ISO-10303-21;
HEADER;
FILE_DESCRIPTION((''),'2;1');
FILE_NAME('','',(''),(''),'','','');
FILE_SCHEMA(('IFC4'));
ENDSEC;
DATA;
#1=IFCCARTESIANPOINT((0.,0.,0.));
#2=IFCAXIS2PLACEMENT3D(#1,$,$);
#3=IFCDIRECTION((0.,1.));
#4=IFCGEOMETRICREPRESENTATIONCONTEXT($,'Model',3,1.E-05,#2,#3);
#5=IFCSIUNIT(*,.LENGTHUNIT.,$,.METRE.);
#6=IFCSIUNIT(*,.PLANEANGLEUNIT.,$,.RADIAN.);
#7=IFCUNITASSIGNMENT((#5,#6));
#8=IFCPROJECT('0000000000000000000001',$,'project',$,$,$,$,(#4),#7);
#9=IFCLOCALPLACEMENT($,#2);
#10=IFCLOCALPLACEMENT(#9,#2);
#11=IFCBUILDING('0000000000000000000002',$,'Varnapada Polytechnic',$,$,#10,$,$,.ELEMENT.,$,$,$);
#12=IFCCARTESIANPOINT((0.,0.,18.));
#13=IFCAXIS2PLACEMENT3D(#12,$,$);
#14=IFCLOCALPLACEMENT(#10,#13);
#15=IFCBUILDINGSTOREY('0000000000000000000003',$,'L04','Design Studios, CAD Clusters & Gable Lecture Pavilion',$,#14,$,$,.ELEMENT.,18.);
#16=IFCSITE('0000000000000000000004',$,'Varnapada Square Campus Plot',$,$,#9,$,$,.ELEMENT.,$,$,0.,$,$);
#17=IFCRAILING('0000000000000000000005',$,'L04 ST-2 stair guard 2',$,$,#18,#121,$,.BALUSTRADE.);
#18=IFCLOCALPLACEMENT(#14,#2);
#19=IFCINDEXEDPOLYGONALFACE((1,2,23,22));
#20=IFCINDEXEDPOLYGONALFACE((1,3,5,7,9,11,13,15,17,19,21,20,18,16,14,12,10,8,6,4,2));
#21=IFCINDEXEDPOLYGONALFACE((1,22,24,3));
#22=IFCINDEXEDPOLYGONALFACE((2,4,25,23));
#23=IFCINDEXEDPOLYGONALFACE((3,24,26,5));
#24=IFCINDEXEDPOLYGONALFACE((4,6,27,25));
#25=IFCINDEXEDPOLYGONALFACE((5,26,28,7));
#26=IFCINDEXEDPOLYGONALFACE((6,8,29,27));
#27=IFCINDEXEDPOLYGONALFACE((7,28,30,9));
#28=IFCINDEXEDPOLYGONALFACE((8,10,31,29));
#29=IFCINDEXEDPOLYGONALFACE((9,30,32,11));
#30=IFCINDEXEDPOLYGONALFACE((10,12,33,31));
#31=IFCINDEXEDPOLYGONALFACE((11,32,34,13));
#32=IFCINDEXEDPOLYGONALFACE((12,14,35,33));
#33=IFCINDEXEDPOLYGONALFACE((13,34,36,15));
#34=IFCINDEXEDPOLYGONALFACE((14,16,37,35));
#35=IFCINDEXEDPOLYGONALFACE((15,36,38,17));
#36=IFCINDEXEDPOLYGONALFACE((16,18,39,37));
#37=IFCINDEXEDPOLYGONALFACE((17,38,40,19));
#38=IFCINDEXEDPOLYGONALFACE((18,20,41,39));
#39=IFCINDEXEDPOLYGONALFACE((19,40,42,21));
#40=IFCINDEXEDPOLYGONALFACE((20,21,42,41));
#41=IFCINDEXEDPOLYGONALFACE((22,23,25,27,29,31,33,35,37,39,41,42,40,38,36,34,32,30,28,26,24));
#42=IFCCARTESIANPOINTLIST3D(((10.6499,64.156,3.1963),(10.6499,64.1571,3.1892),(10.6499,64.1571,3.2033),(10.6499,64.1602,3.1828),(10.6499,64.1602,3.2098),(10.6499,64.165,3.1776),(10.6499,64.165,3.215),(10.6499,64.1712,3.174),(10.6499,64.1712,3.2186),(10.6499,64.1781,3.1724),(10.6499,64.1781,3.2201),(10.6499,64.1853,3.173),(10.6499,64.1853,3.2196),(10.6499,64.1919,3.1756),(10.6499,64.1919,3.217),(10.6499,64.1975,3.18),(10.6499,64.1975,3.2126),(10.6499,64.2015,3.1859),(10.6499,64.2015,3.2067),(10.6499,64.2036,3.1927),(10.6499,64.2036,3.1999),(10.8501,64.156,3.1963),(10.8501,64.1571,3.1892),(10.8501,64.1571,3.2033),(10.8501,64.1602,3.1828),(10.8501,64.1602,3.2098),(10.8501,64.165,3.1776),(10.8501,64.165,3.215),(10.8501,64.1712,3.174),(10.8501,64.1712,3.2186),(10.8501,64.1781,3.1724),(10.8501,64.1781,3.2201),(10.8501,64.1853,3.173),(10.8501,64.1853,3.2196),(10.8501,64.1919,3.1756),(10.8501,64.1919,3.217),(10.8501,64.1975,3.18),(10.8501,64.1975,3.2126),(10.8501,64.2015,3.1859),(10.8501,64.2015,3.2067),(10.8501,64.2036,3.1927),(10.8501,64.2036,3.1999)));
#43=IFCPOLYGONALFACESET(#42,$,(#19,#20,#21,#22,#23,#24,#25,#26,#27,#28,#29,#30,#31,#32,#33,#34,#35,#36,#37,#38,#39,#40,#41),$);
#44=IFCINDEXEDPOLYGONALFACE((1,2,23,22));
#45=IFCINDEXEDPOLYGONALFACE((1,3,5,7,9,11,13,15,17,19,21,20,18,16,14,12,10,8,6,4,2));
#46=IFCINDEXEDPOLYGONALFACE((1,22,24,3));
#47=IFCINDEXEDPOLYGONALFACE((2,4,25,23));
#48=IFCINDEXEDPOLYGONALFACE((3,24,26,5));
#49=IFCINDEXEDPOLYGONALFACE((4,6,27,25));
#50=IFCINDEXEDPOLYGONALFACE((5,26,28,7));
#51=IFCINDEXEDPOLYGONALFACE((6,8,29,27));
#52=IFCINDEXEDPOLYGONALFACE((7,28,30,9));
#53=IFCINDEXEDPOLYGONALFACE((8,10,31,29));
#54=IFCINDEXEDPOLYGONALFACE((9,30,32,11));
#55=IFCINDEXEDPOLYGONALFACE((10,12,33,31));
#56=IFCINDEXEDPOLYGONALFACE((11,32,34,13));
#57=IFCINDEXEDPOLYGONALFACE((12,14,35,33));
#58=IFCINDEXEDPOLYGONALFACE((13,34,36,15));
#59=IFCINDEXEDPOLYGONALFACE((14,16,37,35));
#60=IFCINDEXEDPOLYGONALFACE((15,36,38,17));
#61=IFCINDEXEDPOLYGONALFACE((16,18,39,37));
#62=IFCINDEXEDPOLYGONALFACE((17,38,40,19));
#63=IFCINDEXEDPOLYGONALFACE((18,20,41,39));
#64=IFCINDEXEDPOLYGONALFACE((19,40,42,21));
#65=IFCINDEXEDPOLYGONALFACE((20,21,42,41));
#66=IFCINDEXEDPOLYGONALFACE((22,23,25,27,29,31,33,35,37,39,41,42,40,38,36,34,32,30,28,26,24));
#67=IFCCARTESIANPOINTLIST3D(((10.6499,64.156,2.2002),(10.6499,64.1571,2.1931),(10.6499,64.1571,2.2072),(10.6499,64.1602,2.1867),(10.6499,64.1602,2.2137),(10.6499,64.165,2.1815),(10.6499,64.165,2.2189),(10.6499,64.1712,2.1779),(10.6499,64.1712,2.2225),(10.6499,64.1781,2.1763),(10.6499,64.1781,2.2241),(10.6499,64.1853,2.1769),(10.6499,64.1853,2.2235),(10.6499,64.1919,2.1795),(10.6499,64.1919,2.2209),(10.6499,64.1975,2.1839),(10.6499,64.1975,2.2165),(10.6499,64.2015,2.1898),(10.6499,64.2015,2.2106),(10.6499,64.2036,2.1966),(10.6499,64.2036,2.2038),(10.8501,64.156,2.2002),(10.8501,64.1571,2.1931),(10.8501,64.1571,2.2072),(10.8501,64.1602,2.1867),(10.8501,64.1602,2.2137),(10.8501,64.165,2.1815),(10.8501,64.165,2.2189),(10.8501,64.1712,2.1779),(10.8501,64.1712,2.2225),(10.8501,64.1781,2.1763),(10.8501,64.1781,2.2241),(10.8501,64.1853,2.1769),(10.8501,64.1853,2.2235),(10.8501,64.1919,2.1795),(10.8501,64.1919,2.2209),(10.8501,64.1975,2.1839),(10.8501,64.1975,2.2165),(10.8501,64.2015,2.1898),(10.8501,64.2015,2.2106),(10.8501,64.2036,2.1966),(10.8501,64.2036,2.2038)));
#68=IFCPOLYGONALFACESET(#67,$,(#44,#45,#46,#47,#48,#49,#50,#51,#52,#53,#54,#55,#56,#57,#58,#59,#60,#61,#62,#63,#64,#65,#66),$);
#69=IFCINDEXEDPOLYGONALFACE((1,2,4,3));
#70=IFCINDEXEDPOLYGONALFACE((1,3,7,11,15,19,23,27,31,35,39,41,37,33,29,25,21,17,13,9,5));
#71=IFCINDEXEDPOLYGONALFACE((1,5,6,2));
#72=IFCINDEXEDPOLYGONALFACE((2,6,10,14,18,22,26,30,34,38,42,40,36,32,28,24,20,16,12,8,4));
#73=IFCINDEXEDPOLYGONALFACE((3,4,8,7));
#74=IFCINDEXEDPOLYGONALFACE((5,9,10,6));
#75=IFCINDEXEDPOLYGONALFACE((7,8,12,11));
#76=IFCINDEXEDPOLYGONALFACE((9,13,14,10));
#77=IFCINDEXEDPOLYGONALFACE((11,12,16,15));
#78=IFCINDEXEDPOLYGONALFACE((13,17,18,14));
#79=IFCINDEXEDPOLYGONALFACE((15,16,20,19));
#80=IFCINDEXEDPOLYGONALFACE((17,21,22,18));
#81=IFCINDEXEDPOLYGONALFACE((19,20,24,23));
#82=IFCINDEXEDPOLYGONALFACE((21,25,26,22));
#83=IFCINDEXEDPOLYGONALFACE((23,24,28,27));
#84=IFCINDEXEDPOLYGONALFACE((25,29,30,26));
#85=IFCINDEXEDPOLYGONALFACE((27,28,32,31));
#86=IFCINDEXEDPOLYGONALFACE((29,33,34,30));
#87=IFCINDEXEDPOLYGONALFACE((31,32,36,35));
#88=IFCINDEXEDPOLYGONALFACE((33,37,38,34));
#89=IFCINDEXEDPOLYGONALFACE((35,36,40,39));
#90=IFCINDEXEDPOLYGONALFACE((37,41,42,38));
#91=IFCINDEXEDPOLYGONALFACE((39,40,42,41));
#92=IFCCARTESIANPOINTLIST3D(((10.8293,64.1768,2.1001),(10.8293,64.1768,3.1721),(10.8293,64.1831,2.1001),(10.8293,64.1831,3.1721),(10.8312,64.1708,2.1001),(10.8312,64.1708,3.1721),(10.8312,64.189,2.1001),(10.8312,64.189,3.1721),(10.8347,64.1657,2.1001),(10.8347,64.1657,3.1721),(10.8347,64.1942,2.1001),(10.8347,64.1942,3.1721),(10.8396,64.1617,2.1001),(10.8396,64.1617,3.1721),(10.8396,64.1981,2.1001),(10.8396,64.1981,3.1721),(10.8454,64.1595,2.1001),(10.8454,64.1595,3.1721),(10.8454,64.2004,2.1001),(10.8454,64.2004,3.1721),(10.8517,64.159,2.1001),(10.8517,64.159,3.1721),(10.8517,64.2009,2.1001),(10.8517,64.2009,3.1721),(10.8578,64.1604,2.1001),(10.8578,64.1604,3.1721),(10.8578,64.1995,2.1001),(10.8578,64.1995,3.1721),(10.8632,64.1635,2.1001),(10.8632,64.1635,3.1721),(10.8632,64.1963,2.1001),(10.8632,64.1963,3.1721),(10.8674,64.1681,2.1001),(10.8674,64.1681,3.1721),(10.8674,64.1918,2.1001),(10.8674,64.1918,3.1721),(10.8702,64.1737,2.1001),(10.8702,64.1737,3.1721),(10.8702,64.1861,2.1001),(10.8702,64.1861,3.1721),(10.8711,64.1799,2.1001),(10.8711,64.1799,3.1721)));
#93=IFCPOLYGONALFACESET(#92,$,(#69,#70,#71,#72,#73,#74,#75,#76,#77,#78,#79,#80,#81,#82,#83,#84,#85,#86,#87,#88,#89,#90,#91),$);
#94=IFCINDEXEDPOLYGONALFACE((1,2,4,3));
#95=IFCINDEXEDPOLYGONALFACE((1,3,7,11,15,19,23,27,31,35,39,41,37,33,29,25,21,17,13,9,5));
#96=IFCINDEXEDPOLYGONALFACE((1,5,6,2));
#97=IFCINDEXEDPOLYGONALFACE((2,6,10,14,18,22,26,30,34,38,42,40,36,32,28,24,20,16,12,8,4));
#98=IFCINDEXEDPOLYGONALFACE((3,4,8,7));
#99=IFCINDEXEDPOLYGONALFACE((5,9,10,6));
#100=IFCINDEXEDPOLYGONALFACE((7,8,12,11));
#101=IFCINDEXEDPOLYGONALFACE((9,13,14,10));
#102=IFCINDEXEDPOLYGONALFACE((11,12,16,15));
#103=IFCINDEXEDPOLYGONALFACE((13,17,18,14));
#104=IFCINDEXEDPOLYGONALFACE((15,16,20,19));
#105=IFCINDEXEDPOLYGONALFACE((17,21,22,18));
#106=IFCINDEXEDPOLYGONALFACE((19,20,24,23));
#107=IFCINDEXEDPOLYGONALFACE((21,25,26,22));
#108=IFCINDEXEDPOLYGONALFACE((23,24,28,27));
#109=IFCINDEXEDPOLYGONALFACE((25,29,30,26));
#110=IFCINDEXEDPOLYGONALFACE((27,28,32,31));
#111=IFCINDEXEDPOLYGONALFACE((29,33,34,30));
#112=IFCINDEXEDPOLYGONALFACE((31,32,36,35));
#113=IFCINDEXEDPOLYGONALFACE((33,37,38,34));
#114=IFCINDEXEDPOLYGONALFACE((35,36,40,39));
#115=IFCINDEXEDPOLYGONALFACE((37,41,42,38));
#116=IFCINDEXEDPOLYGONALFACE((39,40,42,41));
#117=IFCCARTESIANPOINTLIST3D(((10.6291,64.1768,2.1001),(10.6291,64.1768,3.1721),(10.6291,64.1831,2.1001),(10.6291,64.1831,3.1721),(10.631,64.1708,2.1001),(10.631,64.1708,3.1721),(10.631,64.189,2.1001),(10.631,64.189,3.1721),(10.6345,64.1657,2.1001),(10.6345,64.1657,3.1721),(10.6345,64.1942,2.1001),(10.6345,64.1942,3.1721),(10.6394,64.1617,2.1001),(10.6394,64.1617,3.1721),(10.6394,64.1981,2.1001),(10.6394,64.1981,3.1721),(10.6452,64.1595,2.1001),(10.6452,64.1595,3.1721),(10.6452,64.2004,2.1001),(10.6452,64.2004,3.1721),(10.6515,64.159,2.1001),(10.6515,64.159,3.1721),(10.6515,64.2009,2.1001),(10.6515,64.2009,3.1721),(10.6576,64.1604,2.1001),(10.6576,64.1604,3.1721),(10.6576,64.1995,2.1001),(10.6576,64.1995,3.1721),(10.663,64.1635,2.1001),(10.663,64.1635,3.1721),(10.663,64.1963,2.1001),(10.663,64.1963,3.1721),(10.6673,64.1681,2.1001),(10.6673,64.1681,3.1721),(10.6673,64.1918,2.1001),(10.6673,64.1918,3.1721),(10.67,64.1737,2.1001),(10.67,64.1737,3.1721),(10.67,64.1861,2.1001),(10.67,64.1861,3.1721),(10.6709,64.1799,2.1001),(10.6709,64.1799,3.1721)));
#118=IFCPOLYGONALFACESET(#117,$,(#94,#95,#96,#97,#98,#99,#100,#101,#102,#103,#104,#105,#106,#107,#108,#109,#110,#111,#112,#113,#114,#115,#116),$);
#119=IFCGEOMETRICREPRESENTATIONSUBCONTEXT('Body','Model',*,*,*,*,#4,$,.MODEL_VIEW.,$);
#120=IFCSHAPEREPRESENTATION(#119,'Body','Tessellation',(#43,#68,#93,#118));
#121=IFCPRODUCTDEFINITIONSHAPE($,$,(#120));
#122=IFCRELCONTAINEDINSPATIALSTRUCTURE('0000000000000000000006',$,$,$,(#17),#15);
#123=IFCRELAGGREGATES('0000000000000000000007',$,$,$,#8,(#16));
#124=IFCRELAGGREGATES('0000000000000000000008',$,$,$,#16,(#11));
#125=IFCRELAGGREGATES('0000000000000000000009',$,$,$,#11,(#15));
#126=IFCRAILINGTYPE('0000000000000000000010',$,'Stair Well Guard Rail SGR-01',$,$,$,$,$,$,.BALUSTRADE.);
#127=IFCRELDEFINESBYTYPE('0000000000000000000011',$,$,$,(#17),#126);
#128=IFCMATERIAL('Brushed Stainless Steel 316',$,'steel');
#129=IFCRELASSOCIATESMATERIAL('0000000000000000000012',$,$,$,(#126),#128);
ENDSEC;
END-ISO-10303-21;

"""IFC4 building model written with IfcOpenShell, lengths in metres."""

from ifc_helpers import new_model, si_unit, direction, frame, origin, origin_2d, place, context, subcontext, project, spatial, circle, extrude, material, type_object, element, save


model = new_model("IFC4")

# Units and contexts
model_context = context("Model", 3, precision=1e-05, world=origin(), true_north=direction((0.0, 1.0)))
body_context = subcontext(model_context, "Body", "Model", "MODEL_VIEW")
ifc_project = project(units=[si_unit("LENGTHUNIT", "METRE"), si_unit("PLANEANGLEUNIT", "RADIAN")], contexts=[model_context])

# Site, building, storey
site_placement = place(None, origin())
site = spatial("IfcSite", under=ifc_project, at=site_placement, Name="Varnapada Square Campus Plot", CompositionType="ELEMENT", RefElevation=0.0)
building_placement = place(site_placement, origin())
building = spatial("IfcBuilding", under=site, at=building_placement, Name="Varnapada Polytechnic", CompositionType="ELEMENT")
storey_placement = place(building_placement, frame((0.0, 0.0, 18.0)))
storey = spatial("IfcBuildingStorey", under=building, at=storey_placement, Name="L04", Description="Design Studios, CAD Clusters & Gable Lecture Pavilion", CompositionType="ELEMENT", Elevation=18.0)

# Shared definitions
ifc_material_1 = material(Name="Brushed Stainless Steel 316", Category="steel")

# Railing
railing_type_1 = type_object("IfcRailingType", Name="Stair Well Guard Rail SGR-01", PredefinedType="BALUSTRADE", material=ifc_material_1)
railing_1_placement = place(storey_placement, frame((10.8501, 64.1799, 2.1001)))
element("IfcRailing", 1, at=railing_1_placement, inside=storey, type_object=railing_type_1, Name="L04 ST-2 stair guard 2", PredefinedType="BALUSTRADE", context=body_context, shape_type="SweptSolid", body=[
    extrude(circle(Radius=0.0239, at=origin_2d()), frame((0.0, 0.0, 1.0962), z_axis=(-1.0, 0.0, 0.0), x_axis=(0.0, -1.0, 0.0)), (0.0, 0.0, 1.0), 0.2002),
    extrude(circle(Radius=0.0239, at=origin_2d()), frame((0.0, 0.0, 0.1001), z_axis=(-1.0, 0.0, 0.0), x_axis=(0.0, -1.0, 0.0)), (0.0, 0.0, 1.0), 0.2002),
    extrude(circle(Radius=0.021, at=origin_2d()), origin(), (0.0, 0.0, 1.0), 1.072),
    extrude(circle(Radius=0.021, at=origin_2d()), frame((-0.2002, 0.0, 0.0)), (0.0, 0.0, 1.0), 1.072),
])

save(model, "model.ifc")
